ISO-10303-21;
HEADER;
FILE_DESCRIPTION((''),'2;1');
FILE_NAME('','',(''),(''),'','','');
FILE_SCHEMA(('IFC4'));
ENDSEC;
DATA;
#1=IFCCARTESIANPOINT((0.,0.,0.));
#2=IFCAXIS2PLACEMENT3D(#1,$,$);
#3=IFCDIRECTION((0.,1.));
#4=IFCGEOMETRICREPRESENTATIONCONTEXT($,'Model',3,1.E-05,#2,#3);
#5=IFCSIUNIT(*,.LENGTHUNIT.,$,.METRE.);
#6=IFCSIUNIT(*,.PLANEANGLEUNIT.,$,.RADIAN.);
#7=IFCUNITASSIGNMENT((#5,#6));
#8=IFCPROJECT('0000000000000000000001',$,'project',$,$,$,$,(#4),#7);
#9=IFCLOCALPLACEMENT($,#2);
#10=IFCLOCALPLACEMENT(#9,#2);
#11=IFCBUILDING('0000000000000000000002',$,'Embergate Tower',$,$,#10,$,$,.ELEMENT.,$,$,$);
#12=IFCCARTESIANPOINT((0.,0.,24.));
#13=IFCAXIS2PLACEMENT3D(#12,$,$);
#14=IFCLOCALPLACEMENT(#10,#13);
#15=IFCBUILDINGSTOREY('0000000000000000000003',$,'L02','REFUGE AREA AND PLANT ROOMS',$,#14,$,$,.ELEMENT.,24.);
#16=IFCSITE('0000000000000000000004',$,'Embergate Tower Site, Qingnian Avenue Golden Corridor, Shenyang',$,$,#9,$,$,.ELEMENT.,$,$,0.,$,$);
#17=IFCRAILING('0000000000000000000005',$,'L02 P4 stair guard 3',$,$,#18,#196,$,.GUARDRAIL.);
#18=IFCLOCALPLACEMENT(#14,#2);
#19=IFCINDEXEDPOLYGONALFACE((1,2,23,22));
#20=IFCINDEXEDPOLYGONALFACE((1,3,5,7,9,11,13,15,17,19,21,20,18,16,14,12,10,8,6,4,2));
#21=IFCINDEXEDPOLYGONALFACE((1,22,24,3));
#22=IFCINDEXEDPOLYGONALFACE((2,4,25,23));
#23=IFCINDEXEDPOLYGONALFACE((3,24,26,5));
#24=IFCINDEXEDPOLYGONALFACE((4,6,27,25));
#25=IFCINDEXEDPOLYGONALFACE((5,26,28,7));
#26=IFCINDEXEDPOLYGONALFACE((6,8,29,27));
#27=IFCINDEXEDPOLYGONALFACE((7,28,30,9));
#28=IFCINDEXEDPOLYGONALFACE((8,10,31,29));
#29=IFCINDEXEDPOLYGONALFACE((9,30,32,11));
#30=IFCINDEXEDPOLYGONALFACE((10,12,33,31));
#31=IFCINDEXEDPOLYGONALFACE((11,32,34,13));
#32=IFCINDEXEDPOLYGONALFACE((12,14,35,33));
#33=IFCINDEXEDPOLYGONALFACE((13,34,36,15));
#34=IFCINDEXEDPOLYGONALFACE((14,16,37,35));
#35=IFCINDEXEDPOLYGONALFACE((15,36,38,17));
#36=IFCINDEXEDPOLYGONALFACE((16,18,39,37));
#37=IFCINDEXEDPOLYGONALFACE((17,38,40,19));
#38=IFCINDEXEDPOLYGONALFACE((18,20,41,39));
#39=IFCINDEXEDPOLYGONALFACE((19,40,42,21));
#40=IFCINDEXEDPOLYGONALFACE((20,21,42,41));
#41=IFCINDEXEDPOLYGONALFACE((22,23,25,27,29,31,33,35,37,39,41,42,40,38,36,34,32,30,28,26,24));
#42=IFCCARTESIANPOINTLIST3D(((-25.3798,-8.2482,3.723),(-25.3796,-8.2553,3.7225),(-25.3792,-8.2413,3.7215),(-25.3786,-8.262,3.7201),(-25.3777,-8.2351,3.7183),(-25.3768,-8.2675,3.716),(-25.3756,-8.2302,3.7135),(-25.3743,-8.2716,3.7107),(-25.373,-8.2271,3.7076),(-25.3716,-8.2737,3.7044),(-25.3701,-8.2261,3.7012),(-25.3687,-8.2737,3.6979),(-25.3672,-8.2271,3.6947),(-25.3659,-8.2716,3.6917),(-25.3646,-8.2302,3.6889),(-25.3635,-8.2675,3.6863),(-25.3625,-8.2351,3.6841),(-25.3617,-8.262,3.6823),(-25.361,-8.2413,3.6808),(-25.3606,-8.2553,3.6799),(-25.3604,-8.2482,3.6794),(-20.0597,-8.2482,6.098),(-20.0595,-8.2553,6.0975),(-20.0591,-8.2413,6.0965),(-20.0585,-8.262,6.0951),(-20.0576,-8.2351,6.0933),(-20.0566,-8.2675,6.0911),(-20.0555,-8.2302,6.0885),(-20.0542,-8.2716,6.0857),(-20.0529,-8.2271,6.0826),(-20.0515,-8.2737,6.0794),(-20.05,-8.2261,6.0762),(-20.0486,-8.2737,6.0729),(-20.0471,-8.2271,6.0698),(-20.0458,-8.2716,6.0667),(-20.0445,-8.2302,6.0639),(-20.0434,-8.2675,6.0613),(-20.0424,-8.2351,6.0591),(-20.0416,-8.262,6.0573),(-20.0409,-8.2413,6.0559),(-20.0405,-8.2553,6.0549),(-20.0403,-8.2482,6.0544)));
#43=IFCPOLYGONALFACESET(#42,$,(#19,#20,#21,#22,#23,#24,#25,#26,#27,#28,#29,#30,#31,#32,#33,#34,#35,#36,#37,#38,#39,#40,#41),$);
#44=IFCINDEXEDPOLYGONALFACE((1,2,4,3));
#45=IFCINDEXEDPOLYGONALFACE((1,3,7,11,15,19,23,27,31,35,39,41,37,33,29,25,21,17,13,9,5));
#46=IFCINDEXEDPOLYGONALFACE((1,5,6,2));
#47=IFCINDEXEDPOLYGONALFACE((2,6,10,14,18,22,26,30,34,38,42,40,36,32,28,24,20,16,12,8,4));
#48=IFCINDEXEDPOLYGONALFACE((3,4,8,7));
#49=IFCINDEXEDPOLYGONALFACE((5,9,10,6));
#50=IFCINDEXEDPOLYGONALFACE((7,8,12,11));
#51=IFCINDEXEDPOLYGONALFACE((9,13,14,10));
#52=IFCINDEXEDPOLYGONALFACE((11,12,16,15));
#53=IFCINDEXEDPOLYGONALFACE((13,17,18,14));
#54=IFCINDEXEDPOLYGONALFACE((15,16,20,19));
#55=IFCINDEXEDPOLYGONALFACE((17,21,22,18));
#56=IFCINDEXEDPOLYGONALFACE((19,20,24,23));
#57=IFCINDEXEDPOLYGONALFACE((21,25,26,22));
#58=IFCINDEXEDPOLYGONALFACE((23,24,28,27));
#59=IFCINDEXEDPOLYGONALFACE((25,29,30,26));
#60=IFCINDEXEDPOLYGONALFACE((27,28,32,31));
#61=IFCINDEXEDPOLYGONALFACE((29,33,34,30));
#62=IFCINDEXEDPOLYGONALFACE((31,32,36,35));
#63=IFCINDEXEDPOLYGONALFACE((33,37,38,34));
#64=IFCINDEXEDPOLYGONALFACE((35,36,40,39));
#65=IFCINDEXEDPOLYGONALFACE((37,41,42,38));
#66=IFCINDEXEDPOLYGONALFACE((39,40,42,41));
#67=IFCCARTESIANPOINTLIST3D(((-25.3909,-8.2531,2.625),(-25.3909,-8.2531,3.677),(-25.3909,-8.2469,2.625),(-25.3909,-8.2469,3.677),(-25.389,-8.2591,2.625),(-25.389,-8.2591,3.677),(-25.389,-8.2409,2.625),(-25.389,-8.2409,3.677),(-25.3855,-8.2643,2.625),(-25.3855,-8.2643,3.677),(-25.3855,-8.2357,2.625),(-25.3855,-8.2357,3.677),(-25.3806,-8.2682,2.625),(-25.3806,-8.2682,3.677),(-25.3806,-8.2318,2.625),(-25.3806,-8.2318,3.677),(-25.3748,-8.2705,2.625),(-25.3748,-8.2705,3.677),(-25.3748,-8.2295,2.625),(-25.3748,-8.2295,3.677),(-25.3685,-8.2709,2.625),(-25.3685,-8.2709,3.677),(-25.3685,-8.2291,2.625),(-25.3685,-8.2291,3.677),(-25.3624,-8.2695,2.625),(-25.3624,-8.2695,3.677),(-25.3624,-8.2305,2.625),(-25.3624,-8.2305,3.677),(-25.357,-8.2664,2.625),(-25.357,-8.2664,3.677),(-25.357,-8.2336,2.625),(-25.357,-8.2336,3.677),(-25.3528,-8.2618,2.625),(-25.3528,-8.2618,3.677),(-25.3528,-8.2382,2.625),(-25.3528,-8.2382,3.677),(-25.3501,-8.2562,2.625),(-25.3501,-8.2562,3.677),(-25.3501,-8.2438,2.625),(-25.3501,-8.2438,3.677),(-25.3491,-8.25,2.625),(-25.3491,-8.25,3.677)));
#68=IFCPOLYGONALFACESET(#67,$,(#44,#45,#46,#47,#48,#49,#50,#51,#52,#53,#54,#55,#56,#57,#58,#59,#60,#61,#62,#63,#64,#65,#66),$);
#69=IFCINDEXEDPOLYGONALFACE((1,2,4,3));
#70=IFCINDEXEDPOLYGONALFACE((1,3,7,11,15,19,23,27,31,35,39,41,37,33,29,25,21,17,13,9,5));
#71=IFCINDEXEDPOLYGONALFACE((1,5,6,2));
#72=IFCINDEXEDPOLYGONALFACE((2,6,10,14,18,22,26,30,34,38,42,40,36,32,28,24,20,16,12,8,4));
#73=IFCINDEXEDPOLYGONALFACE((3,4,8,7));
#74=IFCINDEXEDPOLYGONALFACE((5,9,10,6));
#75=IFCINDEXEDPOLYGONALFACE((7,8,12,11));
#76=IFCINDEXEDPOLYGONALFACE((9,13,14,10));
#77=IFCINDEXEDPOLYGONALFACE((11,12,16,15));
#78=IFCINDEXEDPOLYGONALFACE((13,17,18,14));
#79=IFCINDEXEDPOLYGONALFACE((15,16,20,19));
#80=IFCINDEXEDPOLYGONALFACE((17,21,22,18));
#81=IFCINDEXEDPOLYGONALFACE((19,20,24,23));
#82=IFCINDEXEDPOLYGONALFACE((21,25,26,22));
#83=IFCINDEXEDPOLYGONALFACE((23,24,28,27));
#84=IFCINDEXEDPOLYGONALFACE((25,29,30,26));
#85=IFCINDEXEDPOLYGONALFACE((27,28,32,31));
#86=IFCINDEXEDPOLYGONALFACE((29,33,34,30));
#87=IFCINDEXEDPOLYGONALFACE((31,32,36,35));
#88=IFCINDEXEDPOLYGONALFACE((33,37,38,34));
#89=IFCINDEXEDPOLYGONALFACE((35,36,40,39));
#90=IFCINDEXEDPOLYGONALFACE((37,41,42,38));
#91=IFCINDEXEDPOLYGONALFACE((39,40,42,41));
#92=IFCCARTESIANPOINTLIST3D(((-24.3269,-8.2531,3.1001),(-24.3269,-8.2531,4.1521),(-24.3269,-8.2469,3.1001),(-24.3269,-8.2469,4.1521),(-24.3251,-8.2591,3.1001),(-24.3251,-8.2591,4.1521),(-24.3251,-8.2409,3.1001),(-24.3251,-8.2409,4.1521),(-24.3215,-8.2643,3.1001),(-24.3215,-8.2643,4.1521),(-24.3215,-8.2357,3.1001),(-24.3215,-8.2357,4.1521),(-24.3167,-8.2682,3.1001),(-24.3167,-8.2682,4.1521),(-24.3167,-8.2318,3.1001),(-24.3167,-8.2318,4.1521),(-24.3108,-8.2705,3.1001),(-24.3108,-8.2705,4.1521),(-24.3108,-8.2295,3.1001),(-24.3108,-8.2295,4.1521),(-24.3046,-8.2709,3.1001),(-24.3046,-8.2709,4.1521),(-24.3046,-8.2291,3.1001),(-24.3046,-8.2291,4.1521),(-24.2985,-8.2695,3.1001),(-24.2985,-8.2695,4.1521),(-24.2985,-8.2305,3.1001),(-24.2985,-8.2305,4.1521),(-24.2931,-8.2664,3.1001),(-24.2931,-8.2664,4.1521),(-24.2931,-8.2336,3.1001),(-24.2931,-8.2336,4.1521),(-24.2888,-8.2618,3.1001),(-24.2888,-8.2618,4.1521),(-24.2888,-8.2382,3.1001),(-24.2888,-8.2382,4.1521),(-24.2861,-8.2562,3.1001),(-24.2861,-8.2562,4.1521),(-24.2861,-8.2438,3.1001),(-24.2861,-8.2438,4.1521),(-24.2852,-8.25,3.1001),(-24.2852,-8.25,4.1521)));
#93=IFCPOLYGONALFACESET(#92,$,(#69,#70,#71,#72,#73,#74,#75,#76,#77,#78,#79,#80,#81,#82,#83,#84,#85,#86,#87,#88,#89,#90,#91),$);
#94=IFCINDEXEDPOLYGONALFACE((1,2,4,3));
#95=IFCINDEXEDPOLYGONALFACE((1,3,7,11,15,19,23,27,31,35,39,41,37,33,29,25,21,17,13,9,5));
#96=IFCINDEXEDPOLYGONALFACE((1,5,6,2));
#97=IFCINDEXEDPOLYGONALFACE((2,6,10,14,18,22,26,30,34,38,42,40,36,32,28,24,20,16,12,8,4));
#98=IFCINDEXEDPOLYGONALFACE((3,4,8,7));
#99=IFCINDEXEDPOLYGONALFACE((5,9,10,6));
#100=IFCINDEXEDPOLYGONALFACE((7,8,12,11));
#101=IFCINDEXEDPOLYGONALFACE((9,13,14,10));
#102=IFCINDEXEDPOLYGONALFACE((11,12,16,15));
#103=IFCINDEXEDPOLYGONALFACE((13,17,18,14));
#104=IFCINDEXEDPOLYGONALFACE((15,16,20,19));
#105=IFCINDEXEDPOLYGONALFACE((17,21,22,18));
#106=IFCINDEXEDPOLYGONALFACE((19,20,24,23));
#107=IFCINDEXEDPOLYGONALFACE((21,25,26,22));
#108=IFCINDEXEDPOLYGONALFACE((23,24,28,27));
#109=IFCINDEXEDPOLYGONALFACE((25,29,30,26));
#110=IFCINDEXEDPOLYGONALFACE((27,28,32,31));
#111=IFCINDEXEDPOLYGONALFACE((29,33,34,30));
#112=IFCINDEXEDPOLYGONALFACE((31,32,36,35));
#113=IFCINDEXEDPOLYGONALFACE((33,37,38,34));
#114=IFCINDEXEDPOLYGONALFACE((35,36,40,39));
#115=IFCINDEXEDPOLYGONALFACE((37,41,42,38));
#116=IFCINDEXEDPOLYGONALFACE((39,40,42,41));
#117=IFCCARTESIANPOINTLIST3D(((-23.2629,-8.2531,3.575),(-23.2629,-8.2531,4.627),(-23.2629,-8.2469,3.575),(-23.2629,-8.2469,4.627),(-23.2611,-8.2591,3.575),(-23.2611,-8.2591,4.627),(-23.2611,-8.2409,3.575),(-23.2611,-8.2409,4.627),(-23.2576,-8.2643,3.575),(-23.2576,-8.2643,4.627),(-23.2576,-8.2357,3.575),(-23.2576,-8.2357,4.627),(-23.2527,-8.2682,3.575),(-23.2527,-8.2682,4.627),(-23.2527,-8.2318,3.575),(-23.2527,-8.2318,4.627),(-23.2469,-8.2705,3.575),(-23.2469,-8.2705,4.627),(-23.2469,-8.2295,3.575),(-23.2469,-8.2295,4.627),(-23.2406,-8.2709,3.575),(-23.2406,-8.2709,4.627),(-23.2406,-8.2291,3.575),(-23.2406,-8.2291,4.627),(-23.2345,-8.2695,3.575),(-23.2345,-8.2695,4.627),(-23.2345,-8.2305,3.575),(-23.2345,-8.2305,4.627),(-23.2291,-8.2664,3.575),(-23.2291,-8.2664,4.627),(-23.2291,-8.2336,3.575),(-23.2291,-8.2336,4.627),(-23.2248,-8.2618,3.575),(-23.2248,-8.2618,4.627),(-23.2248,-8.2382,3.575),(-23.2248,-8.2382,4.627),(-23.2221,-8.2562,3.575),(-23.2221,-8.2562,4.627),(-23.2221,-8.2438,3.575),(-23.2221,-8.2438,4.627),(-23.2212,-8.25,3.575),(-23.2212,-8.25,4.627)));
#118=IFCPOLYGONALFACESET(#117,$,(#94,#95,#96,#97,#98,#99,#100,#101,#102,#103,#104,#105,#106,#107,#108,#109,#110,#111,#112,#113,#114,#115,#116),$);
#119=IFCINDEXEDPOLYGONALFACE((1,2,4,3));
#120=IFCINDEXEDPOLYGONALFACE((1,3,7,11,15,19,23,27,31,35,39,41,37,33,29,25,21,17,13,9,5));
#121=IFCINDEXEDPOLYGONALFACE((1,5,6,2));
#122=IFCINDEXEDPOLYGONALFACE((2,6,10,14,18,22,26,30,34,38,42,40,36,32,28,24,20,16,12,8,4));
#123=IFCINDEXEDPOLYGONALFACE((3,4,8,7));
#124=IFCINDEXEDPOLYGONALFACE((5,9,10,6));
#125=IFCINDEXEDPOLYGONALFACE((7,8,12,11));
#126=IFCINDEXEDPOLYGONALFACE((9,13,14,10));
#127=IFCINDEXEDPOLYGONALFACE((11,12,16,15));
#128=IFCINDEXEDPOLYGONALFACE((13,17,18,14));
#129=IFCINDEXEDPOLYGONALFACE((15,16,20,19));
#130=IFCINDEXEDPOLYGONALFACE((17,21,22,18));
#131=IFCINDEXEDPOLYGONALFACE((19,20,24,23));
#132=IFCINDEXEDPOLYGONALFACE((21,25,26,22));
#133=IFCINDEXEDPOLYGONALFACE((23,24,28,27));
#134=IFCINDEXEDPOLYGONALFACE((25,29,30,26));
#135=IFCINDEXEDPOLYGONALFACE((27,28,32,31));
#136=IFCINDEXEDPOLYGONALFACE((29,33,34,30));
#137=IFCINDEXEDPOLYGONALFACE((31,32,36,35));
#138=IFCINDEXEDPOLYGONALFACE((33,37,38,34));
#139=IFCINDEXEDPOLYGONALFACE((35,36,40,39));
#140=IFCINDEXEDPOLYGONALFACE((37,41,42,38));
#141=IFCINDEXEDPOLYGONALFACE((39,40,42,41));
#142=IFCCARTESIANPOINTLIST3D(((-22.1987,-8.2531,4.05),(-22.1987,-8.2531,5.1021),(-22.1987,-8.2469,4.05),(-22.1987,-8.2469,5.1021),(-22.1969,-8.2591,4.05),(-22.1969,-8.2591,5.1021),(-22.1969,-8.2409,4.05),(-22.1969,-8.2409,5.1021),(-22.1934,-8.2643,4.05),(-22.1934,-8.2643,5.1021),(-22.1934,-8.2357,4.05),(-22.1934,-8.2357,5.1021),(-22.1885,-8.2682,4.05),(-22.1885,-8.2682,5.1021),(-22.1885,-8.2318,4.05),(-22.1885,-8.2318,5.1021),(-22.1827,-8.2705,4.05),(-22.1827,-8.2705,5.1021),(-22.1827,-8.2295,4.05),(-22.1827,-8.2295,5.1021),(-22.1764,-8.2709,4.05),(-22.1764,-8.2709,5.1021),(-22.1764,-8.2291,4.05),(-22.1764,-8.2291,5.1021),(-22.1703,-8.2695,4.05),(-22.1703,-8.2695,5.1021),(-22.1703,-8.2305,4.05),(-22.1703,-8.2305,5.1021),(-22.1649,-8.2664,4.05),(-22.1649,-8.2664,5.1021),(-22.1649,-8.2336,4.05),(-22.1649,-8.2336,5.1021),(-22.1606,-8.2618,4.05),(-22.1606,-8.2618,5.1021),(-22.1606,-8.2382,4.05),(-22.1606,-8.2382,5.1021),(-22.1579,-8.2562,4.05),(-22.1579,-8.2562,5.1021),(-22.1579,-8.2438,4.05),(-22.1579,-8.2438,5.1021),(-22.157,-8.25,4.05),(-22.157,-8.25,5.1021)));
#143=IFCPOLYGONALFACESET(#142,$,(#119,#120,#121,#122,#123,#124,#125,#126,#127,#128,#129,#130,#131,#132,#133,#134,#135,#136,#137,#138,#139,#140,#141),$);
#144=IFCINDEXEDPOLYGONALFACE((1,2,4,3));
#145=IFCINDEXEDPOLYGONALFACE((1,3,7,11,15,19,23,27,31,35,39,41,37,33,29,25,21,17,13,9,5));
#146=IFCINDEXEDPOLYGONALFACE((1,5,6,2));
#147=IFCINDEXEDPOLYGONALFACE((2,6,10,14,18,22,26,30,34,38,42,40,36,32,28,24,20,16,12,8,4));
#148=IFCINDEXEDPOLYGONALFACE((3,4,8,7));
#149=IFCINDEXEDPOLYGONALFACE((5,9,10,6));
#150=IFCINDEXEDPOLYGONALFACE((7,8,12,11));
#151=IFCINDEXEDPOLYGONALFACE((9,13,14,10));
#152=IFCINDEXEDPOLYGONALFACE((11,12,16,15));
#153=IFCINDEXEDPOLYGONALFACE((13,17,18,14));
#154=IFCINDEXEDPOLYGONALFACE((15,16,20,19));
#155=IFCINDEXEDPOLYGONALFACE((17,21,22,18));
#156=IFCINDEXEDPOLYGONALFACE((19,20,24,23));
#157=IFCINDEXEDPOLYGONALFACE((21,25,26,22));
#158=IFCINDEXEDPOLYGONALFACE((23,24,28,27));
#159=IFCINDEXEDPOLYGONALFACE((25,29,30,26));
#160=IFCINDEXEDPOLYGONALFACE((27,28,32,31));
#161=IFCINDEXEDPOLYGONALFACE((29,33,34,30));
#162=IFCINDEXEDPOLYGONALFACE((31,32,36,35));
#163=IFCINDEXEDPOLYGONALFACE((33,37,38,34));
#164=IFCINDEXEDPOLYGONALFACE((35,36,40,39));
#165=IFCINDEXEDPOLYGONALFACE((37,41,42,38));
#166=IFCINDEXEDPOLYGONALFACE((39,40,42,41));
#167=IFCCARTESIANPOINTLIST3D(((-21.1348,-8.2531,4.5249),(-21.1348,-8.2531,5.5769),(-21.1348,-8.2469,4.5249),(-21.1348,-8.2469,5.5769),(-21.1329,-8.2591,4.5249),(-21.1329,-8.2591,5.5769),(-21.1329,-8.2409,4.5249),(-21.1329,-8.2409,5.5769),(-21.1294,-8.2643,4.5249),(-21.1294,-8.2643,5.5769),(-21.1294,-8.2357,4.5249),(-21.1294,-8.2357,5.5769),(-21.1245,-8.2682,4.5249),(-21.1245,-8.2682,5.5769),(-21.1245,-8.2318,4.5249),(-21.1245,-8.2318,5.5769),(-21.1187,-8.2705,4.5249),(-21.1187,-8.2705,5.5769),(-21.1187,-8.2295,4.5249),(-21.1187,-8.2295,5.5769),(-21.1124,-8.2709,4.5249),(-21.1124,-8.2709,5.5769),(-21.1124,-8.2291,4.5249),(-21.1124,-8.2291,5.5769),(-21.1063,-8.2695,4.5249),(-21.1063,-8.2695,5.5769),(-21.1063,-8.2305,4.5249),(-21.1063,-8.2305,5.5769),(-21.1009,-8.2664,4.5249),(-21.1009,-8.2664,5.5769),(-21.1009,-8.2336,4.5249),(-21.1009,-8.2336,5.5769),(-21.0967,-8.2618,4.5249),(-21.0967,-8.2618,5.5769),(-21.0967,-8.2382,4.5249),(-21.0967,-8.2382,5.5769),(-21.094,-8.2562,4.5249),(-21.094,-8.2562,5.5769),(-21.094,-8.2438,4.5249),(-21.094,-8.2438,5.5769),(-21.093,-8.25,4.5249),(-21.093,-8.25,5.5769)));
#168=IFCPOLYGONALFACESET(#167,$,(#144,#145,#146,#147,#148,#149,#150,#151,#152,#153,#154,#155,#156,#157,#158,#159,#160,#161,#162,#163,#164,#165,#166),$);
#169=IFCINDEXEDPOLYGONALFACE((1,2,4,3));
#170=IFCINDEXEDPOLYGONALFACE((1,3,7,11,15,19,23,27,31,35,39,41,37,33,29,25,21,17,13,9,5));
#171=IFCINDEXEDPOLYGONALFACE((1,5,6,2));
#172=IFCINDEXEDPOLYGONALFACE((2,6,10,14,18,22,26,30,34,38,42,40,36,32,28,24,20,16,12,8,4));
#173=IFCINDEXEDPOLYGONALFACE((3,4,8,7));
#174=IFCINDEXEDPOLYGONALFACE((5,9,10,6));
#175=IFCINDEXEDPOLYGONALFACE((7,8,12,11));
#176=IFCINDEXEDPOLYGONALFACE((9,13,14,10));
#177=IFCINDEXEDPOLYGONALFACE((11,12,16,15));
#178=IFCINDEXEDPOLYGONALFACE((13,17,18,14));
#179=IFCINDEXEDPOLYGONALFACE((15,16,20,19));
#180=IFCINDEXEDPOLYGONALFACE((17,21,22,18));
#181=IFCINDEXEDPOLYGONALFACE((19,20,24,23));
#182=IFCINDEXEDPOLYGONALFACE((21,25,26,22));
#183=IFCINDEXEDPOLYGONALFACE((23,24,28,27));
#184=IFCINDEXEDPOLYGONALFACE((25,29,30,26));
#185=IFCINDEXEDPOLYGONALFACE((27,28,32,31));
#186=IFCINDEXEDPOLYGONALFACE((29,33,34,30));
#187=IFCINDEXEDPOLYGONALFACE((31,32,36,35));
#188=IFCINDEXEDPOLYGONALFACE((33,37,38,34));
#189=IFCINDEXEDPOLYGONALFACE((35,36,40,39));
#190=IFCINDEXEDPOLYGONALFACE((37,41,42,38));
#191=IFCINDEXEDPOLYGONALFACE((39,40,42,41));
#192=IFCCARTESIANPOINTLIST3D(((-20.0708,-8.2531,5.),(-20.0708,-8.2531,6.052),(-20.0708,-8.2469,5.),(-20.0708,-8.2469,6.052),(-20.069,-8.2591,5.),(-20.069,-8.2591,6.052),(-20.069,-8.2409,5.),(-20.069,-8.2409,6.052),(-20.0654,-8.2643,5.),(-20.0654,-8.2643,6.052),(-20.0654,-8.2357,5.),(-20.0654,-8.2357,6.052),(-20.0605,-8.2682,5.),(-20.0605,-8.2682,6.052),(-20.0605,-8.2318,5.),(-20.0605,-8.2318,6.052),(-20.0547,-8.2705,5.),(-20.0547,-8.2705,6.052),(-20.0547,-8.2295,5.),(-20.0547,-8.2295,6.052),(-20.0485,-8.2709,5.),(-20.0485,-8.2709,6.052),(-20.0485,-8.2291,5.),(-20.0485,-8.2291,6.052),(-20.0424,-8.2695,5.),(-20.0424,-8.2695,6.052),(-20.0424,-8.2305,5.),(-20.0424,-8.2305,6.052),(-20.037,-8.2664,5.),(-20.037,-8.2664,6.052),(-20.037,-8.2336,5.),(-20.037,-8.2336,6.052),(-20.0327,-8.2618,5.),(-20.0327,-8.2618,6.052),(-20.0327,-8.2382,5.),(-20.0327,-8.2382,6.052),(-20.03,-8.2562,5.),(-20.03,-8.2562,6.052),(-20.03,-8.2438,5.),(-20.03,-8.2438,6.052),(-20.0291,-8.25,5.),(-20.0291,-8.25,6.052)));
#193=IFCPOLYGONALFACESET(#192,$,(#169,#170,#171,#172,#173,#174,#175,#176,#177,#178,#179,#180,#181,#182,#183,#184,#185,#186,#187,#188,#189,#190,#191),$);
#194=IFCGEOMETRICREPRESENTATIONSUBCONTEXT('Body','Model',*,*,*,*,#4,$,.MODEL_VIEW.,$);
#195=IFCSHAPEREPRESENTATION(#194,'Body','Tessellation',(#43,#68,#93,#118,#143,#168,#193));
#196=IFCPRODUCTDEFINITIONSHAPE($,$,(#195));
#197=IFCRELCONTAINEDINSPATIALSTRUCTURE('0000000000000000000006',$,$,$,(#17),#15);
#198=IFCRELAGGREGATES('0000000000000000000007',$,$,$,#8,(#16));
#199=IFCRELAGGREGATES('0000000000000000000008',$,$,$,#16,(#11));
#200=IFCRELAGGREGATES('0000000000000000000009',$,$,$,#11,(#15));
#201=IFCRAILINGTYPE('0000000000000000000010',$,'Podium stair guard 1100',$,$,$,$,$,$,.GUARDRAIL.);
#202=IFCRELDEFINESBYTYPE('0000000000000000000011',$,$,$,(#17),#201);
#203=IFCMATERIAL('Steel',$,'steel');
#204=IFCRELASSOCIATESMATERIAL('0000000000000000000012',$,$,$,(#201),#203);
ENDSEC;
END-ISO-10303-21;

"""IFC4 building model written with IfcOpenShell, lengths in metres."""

from ifc_helpers import new_model, si_unit, direction, frame, origin, origin_2d, place, context, subcontext, project, spatial, circle, extrude, source, transform, mapped, material, type_object, element, save


model = new_model("IFC4")

# Units and contexts
model_context = context("Model", 3, precision=1e-05, world=origin(), true_north=direction((0.0, 1.0)))
body_context = subcontext(model_context, "Body", "Model", "MODEL_VIEW")
ifc_project = project(units=[si_unit("LENGTHUNIT", "METRE"), si_unit("PLANEANGLEUNIT", "RADIAN")], contexts=[model_context])

# Site, building, storey
site_placement = place(None, origin())
site = spatial("IfcSite", under=ifc_project, at=site_placement, Name="Embergate Tower Site, Qingnian Avenue Golden Corridor, Shenyang", CompositionType="ELEMENT", RefElevation=0.0)
building_placement = place(site_placement, origin())
building = spatial("IfcBuilding", under=site, at=building_placement, Name="Embergate Tower", CompositionType="ELEMENT")
storey_placement = place(building_placement, frame((0.0, 0.0, 24.0)))
storey = spatial("IfcBuildingStorey", under=building, at=storey_placement, Name="L02", Description="REFUGE AREA AND PLANT ROOMS", CompositionType="ELEMENT", Elevation=24.0)

# Railing
ifc_material_1 = material(Name="Steel", Category="steel")
railing_type_1 = type_object("IfcRailingType", Name="Podium stair guard 1100", PredefinedType="GUARDRAIL", material=ifc_material_1)
shared_shape_1 = source(origin(), body_context, "Body", "SweptSolid", [
    extrude(circle(Radius=0.0239, at=origin_2d()), frame((0.0, 0.0, 1.0762), z_axis=(0.91314, 0.0, 0.407646), x_axis=(0.0, 1.0, 0.0)), (0.0, 0.0, 1.0), 5.8262),
    extrude(circle(Radius=0.021, at=origin_2d()), origin(), (0.0, 0.0, 1.0), 1.052),
    extrude(circle(Radius=0.021, at=origin_2d()), frame((1.064, 0.0, 0.4751)), (0.0, 0.0, 1.0), 1.052),
    extrude(circle(Radius=0.021, at=origin_2d()), frame((2.1279, 0.0, 0.95)), (0.0, 0.0, 1.0), 1.052),
    extrude(circle(Radius=0.021, at=origin_2d()), frame((3.1921, 0.0, 1.425)), (0.0, 0.0, 1.0), 1.052),
    extrude(circle(Radius=0.021, at=origin_2d()), frame((4.2561, 0.0, 1.8999)), (0.0, 0.0, 1.0), 1.052),
    extrude(circle(Radius=0.021, at=origin_2d()), frame((5.3201, 0.0, 2.375)), (0.0, 0.0, 1.0), 1.052),
])
railing_1_placement = place(storey_placement, frame((-25.3701, -8.25, 2.625)))
element("IfcRailing", 1, at=railing_1_placement, inside=storey, type_object=railing_type_1, Name="L02 P4 stair guard 3", PredefinedType="GUARDRAIL", context=body_context, shape_type="MappedRepresentation", body=[
    mapped(shared_shape_1, transform((0.0, 0.0, 0.0))),
])

save(model, "model.ifc")
